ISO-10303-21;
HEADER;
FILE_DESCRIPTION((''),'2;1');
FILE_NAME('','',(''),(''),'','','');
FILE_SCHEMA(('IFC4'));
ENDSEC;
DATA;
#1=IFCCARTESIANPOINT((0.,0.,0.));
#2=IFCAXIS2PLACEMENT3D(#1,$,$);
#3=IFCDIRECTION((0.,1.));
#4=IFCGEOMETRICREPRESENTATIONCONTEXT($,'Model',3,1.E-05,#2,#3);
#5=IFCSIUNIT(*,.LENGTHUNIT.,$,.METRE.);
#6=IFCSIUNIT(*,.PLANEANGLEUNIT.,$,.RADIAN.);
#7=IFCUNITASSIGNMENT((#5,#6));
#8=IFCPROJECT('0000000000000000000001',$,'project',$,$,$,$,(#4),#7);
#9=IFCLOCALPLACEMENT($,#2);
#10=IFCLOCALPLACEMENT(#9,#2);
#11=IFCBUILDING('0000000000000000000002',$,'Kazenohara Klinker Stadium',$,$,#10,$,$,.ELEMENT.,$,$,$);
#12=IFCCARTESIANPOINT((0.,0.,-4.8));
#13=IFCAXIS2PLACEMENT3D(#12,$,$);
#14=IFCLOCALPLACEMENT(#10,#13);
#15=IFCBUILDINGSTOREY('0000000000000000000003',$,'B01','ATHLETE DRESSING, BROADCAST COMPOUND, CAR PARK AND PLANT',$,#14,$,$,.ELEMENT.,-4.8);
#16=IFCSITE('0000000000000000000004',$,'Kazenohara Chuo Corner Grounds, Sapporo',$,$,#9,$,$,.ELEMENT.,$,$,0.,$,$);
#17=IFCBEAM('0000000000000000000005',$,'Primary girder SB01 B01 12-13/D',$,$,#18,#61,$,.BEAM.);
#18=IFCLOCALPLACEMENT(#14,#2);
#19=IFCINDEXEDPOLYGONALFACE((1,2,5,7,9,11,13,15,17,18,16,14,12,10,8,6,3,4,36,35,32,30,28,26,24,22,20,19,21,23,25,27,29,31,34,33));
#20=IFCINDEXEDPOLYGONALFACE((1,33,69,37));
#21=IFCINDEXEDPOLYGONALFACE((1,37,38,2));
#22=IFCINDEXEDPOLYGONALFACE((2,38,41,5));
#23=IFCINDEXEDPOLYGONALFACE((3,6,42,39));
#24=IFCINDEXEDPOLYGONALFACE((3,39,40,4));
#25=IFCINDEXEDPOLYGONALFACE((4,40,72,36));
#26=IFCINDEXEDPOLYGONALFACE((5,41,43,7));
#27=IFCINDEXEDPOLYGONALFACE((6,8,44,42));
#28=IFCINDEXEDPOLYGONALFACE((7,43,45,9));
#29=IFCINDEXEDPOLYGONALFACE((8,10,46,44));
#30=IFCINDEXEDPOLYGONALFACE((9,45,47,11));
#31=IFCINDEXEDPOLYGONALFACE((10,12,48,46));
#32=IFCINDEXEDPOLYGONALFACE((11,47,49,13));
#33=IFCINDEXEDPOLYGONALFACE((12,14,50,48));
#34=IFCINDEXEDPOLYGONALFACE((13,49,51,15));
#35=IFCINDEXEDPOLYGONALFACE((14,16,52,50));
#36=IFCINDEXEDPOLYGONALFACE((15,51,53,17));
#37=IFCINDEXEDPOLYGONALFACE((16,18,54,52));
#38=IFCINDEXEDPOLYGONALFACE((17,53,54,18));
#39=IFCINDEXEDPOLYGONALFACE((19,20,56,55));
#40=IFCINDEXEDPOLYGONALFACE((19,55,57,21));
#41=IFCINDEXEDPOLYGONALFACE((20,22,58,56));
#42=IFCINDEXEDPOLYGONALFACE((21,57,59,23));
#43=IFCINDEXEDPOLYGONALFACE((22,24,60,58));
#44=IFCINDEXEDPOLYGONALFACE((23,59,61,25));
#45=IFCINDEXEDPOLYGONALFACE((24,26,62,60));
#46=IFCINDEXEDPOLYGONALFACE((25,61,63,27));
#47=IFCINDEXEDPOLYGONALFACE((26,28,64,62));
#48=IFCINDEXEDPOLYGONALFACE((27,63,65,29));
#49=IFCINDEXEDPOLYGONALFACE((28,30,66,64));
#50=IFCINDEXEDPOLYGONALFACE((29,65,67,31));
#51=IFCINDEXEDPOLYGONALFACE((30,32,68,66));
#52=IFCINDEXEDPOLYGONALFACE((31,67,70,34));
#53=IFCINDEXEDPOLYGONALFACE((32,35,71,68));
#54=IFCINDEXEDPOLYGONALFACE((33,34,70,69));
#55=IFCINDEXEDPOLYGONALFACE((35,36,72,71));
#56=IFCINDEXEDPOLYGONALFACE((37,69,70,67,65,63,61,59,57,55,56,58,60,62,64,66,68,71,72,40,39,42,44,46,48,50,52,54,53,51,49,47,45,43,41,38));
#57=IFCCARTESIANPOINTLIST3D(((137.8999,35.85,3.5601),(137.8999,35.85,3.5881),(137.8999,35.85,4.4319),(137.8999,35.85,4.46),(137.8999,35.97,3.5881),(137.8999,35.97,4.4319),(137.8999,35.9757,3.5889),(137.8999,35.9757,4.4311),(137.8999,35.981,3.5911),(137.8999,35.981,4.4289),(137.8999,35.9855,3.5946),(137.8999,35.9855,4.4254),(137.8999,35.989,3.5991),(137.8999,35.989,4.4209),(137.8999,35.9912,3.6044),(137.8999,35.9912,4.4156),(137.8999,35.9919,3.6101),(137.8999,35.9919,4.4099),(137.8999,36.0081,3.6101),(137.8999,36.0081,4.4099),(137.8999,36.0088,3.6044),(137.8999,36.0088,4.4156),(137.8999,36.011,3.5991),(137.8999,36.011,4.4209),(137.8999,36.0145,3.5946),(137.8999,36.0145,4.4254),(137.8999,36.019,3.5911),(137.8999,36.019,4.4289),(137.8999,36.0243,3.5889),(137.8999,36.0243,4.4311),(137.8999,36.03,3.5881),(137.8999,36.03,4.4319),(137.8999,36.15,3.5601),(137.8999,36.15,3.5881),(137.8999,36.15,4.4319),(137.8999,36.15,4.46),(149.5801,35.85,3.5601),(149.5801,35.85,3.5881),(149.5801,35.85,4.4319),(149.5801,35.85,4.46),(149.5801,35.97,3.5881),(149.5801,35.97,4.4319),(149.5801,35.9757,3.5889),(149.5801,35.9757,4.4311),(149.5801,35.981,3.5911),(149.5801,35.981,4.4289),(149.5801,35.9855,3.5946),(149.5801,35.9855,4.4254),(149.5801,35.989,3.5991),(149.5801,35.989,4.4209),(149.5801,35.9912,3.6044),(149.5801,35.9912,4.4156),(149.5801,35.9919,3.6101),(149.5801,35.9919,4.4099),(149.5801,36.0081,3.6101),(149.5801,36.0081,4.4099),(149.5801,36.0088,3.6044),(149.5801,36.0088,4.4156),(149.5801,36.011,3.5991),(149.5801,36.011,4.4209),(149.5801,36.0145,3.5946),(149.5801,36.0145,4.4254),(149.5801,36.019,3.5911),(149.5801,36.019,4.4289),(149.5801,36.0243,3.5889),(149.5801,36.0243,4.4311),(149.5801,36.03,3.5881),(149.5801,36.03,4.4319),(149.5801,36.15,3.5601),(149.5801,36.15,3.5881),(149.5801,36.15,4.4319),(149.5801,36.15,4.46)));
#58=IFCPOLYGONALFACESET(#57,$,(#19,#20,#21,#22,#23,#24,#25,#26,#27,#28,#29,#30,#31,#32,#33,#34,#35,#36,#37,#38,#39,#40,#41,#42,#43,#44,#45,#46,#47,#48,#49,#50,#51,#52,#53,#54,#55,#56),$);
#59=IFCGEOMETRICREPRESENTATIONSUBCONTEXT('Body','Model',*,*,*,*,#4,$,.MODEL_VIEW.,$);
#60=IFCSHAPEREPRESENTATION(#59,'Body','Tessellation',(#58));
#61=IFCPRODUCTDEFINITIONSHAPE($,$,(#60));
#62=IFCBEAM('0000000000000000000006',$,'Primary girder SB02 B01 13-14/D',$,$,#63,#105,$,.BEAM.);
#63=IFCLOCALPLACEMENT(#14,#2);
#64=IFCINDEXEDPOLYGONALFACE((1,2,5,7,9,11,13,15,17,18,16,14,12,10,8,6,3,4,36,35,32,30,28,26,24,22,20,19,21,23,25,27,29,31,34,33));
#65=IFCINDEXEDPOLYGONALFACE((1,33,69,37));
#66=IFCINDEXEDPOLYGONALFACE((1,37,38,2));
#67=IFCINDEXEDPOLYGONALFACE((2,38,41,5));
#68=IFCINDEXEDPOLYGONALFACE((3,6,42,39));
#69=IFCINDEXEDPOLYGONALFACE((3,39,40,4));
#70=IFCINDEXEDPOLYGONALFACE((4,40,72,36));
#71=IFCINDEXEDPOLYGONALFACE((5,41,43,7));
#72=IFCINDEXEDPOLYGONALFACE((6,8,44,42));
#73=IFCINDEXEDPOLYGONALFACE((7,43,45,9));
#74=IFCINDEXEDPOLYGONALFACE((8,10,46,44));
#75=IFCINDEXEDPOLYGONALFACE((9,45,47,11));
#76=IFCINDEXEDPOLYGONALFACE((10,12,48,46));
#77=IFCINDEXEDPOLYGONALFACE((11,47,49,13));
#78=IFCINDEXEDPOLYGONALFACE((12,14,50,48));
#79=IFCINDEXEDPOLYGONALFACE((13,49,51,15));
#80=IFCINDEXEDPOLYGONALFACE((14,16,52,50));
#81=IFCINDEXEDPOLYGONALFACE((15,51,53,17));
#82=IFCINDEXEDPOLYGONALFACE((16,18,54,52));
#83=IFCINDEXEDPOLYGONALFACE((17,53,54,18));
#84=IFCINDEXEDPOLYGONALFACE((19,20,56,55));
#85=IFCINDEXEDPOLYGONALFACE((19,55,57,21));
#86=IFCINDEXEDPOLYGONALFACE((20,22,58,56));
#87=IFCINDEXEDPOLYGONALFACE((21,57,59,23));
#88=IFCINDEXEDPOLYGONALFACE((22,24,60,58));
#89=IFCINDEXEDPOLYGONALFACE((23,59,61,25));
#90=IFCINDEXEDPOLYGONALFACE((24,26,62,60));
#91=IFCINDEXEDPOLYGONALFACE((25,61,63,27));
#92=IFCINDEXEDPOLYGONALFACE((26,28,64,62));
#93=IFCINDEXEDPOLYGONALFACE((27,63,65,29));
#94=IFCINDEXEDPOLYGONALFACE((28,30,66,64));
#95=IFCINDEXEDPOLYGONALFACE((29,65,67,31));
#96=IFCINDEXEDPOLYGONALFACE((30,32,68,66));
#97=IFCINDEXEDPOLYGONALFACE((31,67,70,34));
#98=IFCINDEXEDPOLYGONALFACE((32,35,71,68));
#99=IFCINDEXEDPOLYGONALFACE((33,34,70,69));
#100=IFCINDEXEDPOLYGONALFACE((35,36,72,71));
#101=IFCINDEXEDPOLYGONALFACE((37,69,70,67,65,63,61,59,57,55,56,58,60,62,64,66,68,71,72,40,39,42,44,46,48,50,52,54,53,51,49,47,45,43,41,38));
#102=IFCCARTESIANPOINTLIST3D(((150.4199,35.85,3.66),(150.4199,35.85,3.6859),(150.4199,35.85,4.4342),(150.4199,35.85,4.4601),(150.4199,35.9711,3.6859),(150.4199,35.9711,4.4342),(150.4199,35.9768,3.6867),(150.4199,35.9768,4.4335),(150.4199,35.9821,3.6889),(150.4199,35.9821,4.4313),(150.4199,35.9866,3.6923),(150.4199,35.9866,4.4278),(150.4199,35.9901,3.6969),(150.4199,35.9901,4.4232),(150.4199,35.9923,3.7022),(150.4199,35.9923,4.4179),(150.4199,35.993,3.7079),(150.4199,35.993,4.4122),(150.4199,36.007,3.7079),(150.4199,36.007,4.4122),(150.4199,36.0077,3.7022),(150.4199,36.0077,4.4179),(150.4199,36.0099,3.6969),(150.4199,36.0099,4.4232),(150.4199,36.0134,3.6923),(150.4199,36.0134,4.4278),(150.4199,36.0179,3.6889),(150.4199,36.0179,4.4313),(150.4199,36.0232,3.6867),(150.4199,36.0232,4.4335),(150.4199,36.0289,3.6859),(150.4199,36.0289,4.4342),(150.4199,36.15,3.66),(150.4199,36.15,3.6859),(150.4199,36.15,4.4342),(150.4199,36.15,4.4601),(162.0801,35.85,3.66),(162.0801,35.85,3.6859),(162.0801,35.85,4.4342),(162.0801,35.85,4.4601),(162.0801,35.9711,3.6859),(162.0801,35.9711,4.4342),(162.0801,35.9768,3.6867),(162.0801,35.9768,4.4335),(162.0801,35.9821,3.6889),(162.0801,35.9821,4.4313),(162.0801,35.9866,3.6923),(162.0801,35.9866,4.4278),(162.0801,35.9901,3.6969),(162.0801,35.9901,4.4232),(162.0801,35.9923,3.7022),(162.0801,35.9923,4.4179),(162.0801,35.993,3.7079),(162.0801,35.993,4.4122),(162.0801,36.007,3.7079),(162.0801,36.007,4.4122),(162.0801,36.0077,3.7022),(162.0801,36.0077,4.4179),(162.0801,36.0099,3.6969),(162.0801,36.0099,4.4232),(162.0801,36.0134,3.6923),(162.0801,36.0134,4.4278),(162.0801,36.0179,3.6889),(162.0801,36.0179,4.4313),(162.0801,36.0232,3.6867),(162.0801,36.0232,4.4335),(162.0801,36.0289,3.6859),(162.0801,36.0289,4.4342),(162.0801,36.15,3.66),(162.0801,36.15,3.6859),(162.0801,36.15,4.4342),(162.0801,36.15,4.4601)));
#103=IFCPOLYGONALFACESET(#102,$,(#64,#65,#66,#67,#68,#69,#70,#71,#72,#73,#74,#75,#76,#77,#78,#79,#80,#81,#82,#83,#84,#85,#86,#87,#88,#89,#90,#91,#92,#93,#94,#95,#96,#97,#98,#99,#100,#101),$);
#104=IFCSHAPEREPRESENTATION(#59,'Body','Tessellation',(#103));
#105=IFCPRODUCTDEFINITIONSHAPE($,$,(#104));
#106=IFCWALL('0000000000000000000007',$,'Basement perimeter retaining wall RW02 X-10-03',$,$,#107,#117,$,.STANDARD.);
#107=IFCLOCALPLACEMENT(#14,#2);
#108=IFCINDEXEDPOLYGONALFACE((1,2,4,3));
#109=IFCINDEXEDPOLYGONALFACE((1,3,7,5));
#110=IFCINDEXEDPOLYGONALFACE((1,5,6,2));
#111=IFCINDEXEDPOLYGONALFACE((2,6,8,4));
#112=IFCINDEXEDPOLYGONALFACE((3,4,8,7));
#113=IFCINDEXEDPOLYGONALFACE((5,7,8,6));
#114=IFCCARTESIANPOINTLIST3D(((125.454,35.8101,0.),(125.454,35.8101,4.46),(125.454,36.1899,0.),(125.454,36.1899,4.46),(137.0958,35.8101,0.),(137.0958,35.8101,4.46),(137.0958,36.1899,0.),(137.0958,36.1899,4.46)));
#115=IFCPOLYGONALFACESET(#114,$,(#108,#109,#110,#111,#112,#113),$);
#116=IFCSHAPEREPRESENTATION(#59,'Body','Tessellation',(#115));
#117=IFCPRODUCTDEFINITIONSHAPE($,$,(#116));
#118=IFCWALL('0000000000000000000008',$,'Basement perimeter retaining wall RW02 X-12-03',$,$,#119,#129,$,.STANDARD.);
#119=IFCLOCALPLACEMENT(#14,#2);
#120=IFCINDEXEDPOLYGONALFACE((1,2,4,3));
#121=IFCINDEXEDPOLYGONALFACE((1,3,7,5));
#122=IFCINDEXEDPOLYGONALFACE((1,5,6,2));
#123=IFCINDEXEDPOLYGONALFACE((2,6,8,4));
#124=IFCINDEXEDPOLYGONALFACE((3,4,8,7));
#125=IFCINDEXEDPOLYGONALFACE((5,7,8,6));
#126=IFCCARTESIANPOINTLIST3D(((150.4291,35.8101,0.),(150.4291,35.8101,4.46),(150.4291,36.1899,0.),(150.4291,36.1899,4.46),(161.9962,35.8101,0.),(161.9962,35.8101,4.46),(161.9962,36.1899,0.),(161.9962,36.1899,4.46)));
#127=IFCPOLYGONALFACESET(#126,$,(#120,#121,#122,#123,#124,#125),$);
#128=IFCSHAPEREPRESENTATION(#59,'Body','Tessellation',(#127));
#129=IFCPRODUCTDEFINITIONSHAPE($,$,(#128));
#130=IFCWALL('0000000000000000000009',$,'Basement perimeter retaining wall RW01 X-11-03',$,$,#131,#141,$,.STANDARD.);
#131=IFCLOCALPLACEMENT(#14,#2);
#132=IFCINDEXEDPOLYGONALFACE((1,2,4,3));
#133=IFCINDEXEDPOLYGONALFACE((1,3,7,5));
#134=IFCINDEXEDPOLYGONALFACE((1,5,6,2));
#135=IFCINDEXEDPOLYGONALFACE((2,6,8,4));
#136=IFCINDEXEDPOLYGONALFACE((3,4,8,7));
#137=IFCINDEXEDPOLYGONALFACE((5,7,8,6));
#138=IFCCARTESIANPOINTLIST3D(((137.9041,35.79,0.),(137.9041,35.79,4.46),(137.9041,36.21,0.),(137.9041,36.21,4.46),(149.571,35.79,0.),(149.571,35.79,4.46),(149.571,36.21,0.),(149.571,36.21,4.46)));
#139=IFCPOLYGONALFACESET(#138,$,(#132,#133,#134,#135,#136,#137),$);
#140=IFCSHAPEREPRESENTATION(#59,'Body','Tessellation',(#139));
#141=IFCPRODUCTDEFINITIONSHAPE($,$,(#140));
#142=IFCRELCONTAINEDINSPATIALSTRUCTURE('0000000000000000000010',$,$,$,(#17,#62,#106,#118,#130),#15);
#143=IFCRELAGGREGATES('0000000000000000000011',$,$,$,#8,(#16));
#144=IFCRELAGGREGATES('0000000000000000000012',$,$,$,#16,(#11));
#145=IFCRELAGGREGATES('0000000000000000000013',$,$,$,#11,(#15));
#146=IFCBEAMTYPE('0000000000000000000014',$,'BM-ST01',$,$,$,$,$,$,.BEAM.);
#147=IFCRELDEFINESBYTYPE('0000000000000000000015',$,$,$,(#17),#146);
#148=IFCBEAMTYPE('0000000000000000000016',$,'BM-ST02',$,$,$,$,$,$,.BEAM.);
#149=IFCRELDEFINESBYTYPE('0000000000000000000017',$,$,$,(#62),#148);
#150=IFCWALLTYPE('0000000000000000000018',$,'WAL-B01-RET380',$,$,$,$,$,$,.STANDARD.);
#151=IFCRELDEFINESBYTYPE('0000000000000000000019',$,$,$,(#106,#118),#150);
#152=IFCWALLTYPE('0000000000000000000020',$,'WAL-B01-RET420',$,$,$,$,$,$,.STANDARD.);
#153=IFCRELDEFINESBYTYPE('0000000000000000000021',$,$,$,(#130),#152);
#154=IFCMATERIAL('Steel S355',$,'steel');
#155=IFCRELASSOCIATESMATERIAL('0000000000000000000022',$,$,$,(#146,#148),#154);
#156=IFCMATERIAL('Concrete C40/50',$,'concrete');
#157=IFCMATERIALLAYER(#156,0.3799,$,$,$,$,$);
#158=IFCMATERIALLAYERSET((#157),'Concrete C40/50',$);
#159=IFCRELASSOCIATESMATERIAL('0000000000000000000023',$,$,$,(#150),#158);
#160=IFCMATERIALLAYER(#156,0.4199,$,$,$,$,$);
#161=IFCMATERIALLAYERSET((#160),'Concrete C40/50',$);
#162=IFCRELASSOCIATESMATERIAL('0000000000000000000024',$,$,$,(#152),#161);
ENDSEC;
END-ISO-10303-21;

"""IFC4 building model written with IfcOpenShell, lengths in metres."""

from ifc_helpers import new_model, si_unit, direction, frame, frame_2d, origin, origin_2d, place, context, subcontext, project, spatial, rectangle, i_section, extrude, material, layer, layer_set, material_profile, profile_set, type_object, element, save


model = new_model("IFC4")

# Units and contexts
model_context = context("Model", 3, precision=1e-05, world=origin(), true_north=direction((0.0, 1.0)))
body_context = subcontext(model_context, "Body", "Model", "MODEL_VIEW")
ifc_project = project(units=[si_unit("LENGTHUNIT", "METRE"), si_unit("PLANEANGLEUNIT", "RADIAN")], contexts=[model_context])

# Site, building, storey
site_placement = place(None, origin())
site = spatial("IfcSite", under=ifc_project, at=site_placement, Name="Kazenohara Chuo Corner Grounds, Sapporo", CompositionType="ELEMENT", RefElevation=0.0)
building_placement = place(site_placement, origin())
building = spatial("IfcBuilding", under=site, at=building_placement, Name="Kazenohara Klinker Stadium", CompositionType="ELEMENT")
storey_placement = place(building_placement, frame((0.0, 0.0, -4.8)))
storey = spatial("IfcBuildingStorey", under=building, at=storey_placement, Name="B01", Description="ATHLETE DRESSING, BROADCAST COMPOUND, CAR PARK AND PLANT", CompositionType="ELEMENT", Elevation=-4.8)

# Shared definitions
ifc_material_1 = material(Name="Concrete C40/50", Category="concrete")

# Beams
ifc_material_2 = material(Name="Steel S355", Category="steel")
ifc_material_profile_1 = material_profile(ifc_material_2, i_section(OverallWidth=0.3, OverallDepth=0.8999, WebThickness=0.0161, FlangeThickness=0.0281, FilletRadius=0.022, at=origin_2d()), Name="H-900x300x16x28")
ifc_profile_set_1 = profile_set([ifc_material_profile_1], Name="Steel S355")
beam_type_1 = type_object("IfcBeamType", Name="BM-ST01", PredefinedType="BEAM", material=ifc_profile_set_1)
beam_1_placement = place(storey_placement, frame((137.8999, 36.0, 4.01), z_axis=(1.0, 0.0, 0.0), x_axis=(0.0, 1.0, 0.0)))
element("IfcBeam", 1, at=beam_1_placement, inside=storey, type_object=beam_type_1, Name="Primary girder SB01 B01 12-13/D", PredefinedType="BEAM", context=body_context, shape_type="SweptSolid", body=[
    extrude(i_section(OverallWidth=0.3, OverallDepth=0.8999, WebThickness=0.0161, FlangeThickness=0.0281, FilletRadius=0.022, at=origin_2d()), origin(), (0.0, 0.0, 1.0), 11.6802),
])
ifc_material_profile_2 = material_profile(ifc_material_2, i_section(OverallWidth=0.3, OverallDepth=0.8, WebThickness=0.0139, FlangeThickness=0.0259, FilletRadius=0.022, at=origin_2d()), Name="H-800x300x14x26")
ifc_profile_set_2 = profile_set([ifc_material_profile_2], Name="Steel S355")
beam_type_2 = type_object("IfcBeamType", Name="BM-ST02", PredefinedType="BEAM", material=ifc_profile_set_2)
beam_2_placement = place(storey_placement, frame((150.4199, 36.0, 4.0601), z_axis=(1.0, 0.0, 0.0), x_axis=(0.0, 1.0, 0.0)))
element("IfcBeam", 2, at=beam_2_placement, inside=storey, type_object=beam_type_2, Name="Primary girder SB02 B01 13-14/D", PredefinedType="BEAM", context=body_context, shape_type="SweptSolid", body=[
    extrude(i_section(OverallWidth=0.3, OverallDepth=0.8, WebThickness=0.0139, FlangeThickness=0.0259, FilletRadius=0.022, at=origin_2d()), origin(), (0.0, 0.0, 1.0), 11.6602),
])

# Walls
ifc_layer_1 = layer(ifc_material_1, 0.3799)
ifc_layer_set_1 = layer_set([ifc_layer_1], Name="Concrete C40/50")
wall_type_1 = type_object("IfcWallType", Name="WAL-B01-RET380", PredefinedType="STANDARD", material=ifc_layer_set_1)
wall_1_placement = place(storey_placement, frame((125.4541, 36.0, 0.0), z_axis=(0.0, 0.0, 1.0), x_axis=(1.0, 0.0, 0.0)))
element("IfcWall", 3, at=wall_1_placement, inside=storey, type_object=wall_type_1, Name="Basement perimeter retaining wall RW02 X-10-03", PredefinedType="STANDARD", context=body_context, shape_type="SweptSolid", body=[
    extrude(rectangle(XDim=11.6418, YDim=0.3799, at=frame_2d((5.8208, 0.0))), origin(), (0.0, 0.0, 1.0), 4.46),
])
wall_2_placement = place(storey_placement, frame((150.429, 36.0, 0.0), z_axis=(0.0, 0.0, 1.0), x_axis=(1.0, 0.0, 0.0)))
element("IfcWall", 4, at=wall_2_placement, inside=storey, type_object=wall_type_1, Name="Basement perimeter retaining wall RW02 X-12-03", PredefinedType="STANDARD", context=body_context, shape_type="SweptSolid", body=[
    extrude(rectangle(XDim=11.5671, YDim=0.3799, at=frame_2d((5.7837, 0.0))), origin(), (0.0, 0.0, 1.0), 4.46),
])
ifc_layer_2 = layer(ifc_material_1, 0.4199)
ifc_layer_set_2 = layer_set([ifc_layer_2], Name="Concrete C40/50")
wall_type_2 = type_object("IfcWallType", Name="WAL-B01-RET420", PredefinedType="STANDARD", material=ifc_layer_set_2)
wall_3_placement = place(storey_placement, frame((137.9041, 36.0, 0.0), z_axis=(0.0, 0.0, 1.0), x_axis=(1.0, 0.0, 0.0)))
element("IfcWall", 5, at=wall_3_placement, inside=storey, type_object=wall_type_2, Name="Basement perimeter retaining wall RW01 X-11-03", PredefinedType="STANDARD", context=body_context, shape_type="SweptSolid", body=[
    extrude(rectangle(XDim=11.667, YDim=0.4199, at=frame_2d((5.8335, 0.0))), origin(), (0.0, 0.0, 1.0), 4.46),
])

save(model, "model.ifc")
